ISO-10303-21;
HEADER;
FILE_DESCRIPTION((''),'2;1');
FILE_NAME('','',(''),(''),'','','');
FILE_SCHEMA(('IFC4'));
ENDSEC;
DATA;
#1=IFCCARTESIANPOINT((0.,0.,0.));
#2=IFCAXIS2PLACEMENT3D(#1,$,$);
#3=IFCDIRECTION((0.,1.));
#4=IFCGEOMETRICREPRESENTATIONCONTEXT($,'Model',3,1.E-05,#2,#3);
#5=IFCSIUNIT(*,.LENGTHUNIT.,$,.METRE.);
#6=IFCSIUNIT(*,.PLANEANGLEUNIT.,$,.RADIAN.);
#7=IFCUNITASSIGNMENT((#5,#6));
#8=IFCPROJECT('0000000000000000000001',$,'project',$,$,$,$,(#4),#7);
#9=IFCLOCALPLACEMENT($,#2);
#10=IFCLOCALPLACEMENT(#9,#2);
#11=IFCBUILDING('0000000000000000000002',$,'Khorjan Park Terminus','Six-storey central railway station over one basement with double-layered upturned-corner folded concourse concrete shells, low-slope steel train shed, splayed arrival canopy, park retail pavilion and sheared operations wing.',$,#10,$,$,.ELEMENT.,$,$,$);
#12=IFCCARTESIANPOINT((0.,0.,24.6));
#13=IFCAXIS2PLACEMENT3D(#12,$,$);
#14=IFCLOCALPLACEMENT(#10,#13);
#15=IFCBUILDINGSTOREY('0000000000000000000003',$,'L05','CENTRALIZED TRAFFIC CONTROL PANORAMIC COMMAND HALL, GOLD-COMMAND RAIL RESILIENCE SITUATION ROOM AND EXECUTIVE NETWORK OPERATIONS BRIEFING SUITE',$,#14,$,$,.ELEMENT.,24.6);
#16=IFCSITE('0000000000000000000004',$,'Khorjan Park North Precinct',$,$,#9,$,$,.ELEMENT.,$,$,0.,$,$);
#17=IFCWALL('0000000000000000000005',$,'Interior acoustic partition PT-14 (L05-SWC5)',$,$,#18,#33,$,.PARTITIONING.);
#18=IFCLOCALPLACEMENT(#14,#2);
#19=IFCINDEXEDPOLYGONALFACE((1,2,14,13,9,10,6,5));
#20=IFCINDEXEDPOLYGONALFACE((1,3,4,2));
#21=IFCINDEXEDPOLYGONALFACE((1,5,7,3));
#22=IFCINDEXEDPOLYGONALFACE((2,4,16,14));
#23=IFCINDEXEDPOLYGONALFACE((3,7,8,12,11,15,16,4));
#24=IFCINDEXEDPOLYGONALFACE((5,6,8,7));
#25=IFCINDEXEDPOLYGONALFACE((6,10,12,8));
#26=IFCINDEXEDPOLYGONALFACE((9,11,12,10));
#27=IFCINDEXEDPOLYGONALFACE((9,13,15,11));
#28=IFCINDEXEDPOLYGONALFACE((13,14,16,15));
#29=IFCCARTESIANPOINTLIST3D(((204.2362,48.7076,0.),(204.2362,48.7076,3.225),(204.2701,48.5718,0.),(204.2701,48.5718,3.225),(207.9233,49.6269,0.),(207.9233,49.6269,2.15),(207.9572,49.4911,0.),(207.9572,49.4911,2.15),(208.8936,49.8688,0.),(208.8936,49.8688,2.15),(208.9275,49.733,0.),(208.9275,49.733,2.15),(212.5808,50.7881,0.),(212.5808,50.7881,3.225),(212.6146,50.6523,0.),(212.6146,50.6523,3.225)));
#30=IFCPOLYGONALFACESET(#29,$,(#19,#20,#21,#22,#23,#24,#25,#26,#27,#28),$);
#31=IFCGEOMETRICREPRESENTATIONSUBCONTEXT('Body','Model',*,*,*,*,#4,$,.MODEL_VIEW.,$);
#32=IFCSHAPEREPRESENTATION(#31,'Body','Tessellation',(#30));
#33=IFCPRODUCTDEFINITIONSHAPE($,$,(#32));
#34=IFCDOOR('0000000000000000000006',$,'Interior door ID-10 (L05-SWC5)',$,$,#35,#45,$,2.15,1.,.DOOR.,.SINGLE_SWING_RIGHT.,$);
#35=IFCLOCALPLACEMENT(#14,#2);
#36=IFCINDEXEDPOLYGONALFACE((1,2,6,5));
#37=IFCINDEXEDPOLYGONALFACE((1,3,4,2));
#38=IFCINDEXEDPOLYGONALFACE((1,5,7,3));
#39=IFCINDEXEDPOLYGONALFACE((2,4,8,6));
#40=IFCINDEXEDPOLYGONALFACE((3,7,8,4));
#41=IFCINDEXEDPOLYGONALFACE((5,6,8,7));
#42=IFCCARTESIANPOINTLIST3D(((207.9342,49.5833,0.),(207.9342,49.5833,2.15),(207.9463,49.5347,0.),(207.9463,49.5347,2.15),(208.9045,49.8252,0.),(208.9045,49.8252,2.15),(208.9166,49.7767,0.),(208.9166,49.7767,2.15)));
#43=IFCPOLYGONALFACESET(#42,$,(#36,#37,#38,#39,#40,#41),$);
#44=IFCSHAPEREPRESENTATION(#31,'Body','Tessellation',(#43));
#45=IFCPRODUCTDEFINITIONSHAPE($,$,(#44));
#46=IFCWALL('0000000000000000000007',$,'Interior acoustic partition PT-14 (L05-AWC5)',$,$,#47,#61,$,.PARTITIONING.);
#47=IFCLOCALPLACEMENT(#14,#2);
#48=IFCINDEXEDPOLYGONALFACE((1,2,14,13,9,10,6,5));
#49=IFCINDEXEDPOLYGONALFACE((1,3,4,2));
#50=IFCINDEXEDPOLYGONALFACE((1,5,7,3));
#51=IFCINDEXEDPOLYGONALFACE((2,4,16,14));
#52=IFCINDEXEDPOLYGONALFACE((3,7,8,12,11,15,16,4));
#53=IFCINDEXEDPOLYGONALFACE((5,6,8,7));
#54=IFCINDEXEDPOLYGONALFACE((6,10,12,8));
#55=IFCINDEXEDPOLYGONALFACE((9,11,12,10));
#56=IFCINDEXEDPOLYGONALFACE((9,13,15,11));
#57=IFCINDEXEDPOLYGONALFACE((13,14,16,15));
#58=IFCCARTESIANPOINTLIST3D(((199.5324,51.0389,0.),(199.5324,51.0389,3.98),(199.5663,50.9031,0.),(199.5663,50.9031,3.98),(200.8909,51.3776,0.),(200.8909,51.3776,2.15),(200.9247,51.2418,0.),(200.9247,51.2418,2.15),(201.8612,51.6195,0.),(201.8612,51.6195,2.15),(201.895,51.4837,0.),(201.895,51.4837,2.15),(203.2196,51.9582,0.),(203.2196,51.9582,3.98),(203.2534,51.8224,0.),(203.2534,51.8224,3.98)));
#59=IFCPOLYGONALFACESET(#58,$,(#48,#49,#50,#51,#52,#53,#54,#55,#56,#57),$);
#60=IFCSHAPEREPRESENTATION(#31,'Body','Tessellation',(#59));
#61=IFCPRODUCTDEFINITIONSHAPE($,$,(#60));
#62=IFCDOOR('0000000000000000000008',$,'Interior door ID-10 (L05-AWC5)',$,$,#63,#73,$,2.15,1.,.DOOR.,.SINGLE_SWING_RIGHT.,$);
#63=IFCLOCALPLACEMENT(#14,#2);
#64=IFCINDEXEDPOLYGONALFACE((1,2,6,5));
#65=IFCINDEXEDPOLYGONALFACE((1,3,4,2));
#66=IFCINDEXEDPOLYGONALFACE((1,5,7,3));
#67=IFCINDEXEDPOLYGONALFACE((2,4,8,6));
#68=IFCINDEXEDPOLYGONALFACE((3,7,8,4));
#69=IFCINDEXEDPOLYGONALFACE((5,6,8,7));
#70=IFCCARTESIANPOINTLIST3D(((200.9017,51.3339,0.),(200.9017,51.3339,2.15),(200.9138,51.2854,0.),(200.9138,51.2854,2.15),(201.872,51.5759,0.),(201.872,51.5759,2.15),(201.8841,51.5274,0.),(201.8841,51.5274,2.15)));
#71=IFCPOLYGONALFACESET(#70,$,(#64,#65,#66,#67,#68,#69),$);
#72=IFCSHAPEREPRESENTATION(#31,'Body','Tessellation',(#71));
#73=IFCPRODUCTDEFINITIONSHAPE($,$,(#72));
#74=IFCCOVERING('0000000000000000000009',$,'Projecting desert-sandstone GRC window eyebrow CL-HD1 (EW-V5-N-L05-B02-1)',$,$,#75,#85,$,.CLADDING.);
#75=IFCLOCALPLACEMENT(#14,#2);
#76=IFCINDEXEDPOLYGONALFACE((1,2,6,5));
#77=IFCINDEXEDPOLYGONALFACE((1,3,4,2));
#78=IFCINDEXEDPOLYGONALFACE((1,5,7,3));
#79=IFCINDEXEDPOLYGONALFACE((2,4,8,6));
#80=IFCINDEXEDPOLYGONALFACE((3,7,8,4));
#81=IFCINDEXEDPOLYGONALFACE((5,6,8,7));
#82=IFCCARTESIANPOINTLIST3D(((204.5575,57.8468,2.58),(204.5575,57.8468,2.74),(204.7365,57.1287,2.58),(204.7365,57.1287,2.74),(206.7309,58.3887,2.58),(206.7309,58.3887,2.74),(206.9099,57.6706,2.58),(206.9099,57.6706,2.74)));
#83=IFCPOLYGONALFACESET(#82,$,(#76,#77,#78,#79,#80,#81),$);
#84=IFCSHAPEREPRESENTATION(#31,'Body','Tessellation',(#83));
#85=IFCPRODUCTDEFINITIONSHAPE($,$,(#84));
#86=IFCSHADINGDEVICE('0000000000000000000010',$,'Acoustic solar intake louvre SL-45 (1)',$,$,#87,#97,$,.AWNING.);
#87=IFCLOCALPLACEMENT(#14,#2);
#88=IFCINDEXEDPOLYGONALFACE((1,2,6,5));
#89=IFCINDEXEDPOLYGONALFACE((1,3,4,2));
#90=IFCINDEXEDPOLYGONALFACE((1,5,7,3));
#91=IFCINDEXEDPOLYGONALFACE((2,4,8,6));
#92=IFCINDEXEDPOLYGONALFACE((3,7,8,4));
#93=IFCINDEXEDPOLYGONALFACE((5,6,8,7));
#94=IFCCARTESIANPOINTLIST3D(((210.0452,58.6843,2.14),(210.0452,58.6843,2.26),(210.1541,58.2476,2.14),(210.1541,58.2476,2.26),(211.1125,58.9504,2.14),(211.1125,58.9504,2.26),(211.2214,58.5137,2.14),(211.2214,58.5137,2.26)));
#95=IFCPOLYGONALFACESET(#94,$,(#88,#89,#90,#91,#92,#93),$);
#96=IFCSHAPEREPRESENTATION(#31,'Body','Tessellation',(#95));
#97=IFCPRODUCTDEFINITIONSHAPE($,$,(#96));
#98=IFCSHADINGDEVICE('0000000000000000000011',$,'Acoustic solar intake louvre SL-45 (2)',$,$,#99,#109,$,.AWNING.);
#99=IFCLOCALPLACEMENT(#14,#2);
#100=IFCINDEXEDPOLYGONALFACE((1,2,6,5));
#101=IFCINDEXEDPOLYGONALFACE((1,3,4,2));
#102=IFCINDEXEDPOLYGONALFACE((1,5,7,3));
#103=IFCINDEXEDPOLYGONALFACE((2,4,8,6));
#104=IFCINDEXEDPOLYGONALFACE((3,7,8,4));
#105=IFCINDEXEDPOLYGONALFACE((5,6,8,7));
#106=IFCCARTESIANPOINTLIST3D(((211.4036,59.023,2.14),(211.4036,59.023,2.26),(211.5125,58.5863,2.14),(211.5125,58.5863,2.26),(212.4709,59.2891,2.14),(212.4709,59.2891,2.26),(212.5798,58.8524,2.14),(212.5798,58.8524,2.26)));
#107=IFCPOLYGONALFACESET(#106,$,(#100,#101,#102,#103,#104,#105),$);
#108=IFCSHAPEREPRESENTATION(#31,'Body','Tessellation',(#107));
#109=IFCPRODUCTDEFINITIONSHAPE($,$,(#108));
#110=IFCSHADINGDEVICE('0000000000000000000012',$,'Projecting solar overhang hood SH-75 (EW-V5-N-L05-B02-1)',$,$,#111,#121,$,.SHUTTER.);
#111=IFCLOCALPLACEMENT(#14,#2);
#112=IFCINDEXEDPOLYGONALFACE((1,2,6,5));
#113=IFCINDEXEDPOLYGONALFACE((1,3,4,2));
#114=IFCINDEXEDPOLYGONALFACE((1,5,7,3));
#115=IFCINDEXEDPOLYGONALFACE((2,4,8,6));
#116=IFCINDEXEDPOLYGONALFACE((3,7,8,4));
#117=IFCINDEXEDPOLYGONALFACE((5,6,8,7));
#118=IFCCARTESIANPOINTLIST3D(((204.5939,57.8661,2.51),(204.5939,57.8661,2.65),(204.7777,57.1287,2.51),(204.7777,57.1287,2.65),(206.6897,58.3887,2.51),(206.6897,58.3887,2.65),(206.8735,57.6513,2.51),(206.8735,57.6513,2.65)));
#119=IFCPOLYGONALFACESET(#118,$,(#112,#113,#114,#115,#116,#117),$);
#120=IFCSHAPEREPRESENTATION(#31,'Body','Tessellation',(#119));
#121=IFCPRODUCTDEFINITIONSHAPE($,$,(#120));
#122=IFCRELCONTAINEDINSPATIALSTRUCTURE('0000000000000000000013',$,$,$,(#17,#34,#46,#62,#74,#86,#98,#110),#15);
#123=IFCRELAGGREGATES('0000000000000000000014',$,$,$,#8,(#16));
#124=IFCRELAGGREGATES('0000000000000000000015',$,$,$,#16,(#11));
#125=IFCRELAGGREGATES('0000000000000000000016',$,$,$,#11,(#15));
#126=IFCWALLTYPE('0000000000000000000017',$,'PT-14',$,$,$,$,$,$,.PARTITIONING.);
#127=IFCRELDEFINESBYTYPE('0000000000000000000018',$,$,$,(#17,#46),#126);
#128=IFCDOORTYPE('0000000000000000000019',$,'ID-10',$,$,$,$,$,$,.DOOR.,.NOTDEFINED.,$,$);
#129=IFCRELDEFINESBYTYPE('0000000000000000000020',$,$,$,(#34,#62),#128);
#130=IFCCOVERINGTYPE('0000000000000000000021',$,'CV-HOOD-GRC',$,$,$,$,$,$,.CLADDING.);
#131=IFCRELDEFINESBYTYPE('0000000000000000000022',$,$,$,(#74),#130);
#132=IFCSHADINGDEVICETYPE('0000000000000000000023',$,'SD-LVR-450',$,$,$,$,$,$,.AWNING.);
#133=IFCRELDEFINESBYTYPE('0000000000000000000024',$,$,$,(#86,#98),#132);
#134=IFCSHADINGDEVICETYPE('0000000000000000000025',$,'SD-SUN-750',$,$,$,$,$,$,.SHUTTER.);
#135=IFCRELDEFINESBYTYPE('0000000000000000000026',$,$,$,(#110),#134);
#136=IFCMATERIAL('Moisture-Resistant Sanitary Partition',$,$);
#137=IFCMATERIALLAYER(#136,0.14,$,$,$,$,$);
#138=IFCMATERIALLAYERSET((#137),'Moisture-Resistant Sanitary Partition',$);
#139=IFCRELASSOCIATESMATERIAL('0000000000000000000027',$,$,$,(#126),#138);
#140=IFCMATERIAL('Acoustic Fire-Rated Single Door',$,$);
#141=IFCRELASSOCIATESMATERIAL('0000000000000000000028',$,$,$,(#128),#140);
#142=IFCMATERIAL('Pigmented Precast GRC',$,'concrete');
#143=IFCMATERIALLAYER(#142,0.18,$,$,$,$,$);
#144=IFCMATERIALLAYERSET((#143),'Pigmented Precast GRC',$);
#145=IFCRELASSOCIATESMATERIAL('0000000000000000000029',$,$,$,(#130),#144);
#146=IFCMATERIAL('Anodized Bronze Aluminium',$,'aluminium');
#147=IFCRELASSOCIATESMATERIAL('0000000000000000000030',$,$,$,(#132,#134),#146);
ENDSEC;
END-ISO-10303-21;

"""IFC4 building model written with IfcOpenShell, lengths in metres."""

from ifc_helpers import new_model, si_unit, direction, frame, frame_2d, origin, origin_2d, place, context, subcontext, project, spatial, rectangle, extrude, material, layer, layer_set, type_object, element, fill, save


model = new_model("IFC4")

# Units and contexts
model_context = context("Model", 3, precision=1e-05, world=origin(), true_north=direction((0.0, 1.0)))
body_context = subcontext(model_context, "Body", "Model", "MODEL_VIEW")
ifc_project = project(units=[si_unit("LENGTHUNIT", "METRE"), si_unit("PLANEANGLEUNIT", "RADIAN")], contexts=[model_context])

# Site, building, storey
site_placement = place(None, origin())
site = spatial("IfcSite", under=ifc_project, at=site_placement, Name="Khorjan Park North Precinct", CompositionType="ELEMENT", RefElevation=0.0)
building_placement = place(site_placement, origin())
building = spatial("IfcBuilding", under=site, at=building_placement, Name="Khorjan Park Terminus", Description="Six-storey central railway station over one basement with double-layered upturned-corner folded concourse concrete shells, low-slope steel train shed, splayed arrival canopy, park retail pavilion and sheared operations wing.", CompositionType="ELEMENT")
storey_placement = place(building_placement, frame((0.0, 0.0, 24.6)))
storey = spatial("IfcBuildingStorey", under=building, at=storey_placement, Name="L05", Description="CENTRALIZED TRAFFIC CONTROL PANORAMIC COMMAND HALL, GOLD-COMMAND RAIL RESILIENCE SITUATION ROOM AND EXECUTIVE NETWORK OPERATIONS BRIEFING SUITE", CompositionType="ELEMENT", Elevation=24.6)

# Shared definitions
ifc_material_1 = material(Name="Moisture-Resistant Sanitary Partition")
ifc_layer_1 = layer(ifc_material_1, 0.14)
ifc_layer_set_1 = layer_set([ifc_layer_1], Name="Moisture-Resistant Sanitary Partition")
wall_type_1 = type_object("IfcWallType", Name="PT-14", PredefinedType="PARTITIONING", material=ifc_layer_set_1)

# Walls, openings, doors
wall_1_placement = place(storey_placement, frame((212.5977, 50.7202, 0.0), z_axis=(0.0, 0.0, 1.0), x_axis=(-0.970297, -0.241917, 0.0)))
wall_1 = element("IfcWall", 1, at=wall_1_placement, inside=storey, type_object=wall_type_1, Name="Interior acoustic partition PT-14 (L05-SWC5)", PredefinedType="PARTITIONING", context=body_context, shape_type="SweptSolid", body=[
    extrude(rectangle(XDim=8.6, YDim=0.14, at=frame_2d((4.3, 0.0))), origin(), (0.0, 0.0, 1.0), 3.225),
])
opening_1_placement = place(wall_1_placement, frame((3.8, 0.0, 0.0)))
opening_1 = element("IfcOpeningElement", 2, at=opening_1_placement, cuts=wall_1, PredefinedType="OPENING", context=body_context, shape_type="SweptSolid", body=[
    extrude(rectangle(XDim=1.0, YDim=2.15, at=frame_2d((0.5, 1.075))), frame((0.0, 0.08, 0.0), z_axis=(0.0, -1.0, 0.0), x_axis=(1.0, 0.0, 0.0)), (0.0, 0.0, 1.0), 0.16),
])
ifc_material_2 = material(Name="Acoustic Fire-Rated Single Door")
door_type = type_object("IfcDoorType", Name="ID-10", OperationType="NOTDEFINED", PredefinedType="DOOR", material=ifc_material_2)
door_1_placement = place(opening_1_placement, origin())
door_1 = element("IfcDoor", 3, at=door_1_placement, inside=storey, type_object=door_type, Name="Interior door ID-10 (L05-SWC5)", OperationType="SINGLE_SWING_RIGHT", OverallHeight=2.15, OverallWidth=1.0, PredefinedType="DOOR", context=body_context, shape_type="SweptSolid", body=[
    extrude(rectangle(XDim=1.0, YDim=2.15, at=frame_2d((0.5, 1.075))), frame((0.0, 0.025, 0.0), z_axis=(0.0, -1.0, 0.0), x_axis=(1.0, 0.0, 0.0)), (0.0, 0.0, 1.0), 0.05),
])
fill(opening_1, door_1)
wall_2_placement = place(storey_placement, frame((203.2365, 51.8903, 0.0), z_axis=(0.0, 0.0, 1.0), x_axis=(-0.970296, -0.241923, 0.0)))
wall_2 = element("IfcWall", 4, at=wall_2_placement, inside=storey, type_object=wall_type_1, Name="Interior acoustic partition PT-14 (L05-AWC5)", PredefinedType="PARTITIONING", context=body_context, shape_type="SweptSolid", body=[
    extrude(rectangle(XDim=3.8, YDim=0.14, at=frame_2d((1.9, 0.0))), origin(), (0.0, 0.0, 1.0), 3.98),
])
opening_2_placement = place(wall_2_placement, frame((1.4, 0.0, 0.0)))
opening_2 = element("IfcOpeningElement", 5, at=opening_2_placement, cuts=wall_2, PredefinedType="OPENING", context=body_context, shape_type="SweptSolid", body=[
    extrude(rectangle(XDim=1.0, YDim=2.15, at=frame_2d((0.5, 1.075))), frame((0.0, 0.08, 0.0), z_axis=(0.0, -1.0, 0.0), x_axis=(1.0, 0.0, 0.0)), (0.0, 0.0, 1.0), 0.16),
])
door_2_placement = place(opening_2_placement, origin())
door_2 = element("IfcDoor", 6, at=door_2_placement, inside=storey, type_object=door_type, Name="Interior door ID-10 (L05-AWC5)", OperationType="SINGLE_SWING_RIGHT", OverallHeight=2.15, OverallWidth=1.0, PredefinedType="DOOR", context=body_context, shape_type="SweptSolid", body=[
    extrude(rectangle(XDim=1.0, YDim=2.15, at=frame_2d((0.5, 1.075))), frame((0.0, 0.025, 0.0), z_axis=(0.0, -1.0, 0.0), x_axis=(1.0, 0.0, 0.0)), (0.0, 0.0, 1.0), 0.05),
])
fill(opening_2, door_2)

# Covering
ifc_material_3 = material(Name="Pigmented Precast GRC", Category="concrete")
ifc_layer_2 = layer(ifc_material_3, 0.18)
ifc_layer_set_2 = layer_set([ifc_layer_2], Name="Pigmented Precast GRC")
covering_type = type_object("IfcCoveringType", Name="CV-HOOD-GRC", PredefinedType="CLADDING", material=ifc_layer_set_2)
covering_placement = place(storey_placement, frame((205.7337, 57.7587, 2.58), z_axis=(0.0, 0.0, 1.0), x_axis=(-0.970296, -0.24192, 0.0)))
element("IfcCovering", 7, at=covering_placement, inside=storey, type_object=covering_type, Name="Projecting desert-sandstone GRC window eyebrow CL-HD1 (EW-V5-N-L05-B02-1)", PredefinedType="CLADDING", context=body_context, shape_type="SweptSolid", body=[
    extrude(rectangle(XDim=2.24, YDim=0.74, at=origin_2d()), origin(), (0.0, 0.0, 1.0), 0.16),
])

# Shading devices
ifc_material_4 = material(Name="Anodized Bronze Aluminium", Category="aluminium")
shading_device_type_1 = type_object("IfcShadingDeviceType", Name="SD-LVR-450", PredefinedType="AWNING", material=ifc_material_4)
for number, where, z_axis, x_axis, name in (
    (8, (210.6333, 58.599, 2.14), (0.0, 0.0, 1.0), (0.970296, 0.241922, 0.0), "Acoustic solar intake louvre SL-45 (1)"),
    (9, (211.9917, 58.9377, 2.14), (0.0, 0.0, 1.0), (0.970296, 0.241922, 0.0), "Acoustic solar intake louvre SL-45 (2)"),
):
    element("IfcShadingDevice", number, at=place(storey_placement, frame(where, z_axis=z_axis, x_axis=x_axis)), inside=storey, type_object=shading_device_type_1, Name=name, PredefinedType="AWNING", context=body_context, shape_type="SweptSolid", body=[
        extrude(rectangle(XDim=1.1, YDim=0.45, at=origin_2d()), origin(), (0.0, 0.0, 1.0), 0.12),
    ])
shading_device_type_2 = type_object("IfcShadingDeviceType", Name="SD-SUN-750", PredefinedType="SHUTTER", material=ifc_material_4)
shading_device_placement = place(storey_placement, frame((205.7337, 57.7587, 2.51), z_axis=(0.0, 0.0, 1.0), x_axis=(-0.970296, -0.24192, 0.0)))
element("IfcShadingDevice", 10, at=shading_device_placement, inside=storey, type_object=shading_device_type_2, Name="Projecting solar overhang hood SH-75 (EW-V5-N-L05-B02-1)", PredefinedType="SHUTTER", context=body_context, shape_type="SweptSolid", body=[
    extrude(rectangle(XDim=2.16, YDim=0.76, at=origin_2d()), origin(), (0.0, 0.0, 1.0), 0.14),
])

save(model, "model.ifc")
